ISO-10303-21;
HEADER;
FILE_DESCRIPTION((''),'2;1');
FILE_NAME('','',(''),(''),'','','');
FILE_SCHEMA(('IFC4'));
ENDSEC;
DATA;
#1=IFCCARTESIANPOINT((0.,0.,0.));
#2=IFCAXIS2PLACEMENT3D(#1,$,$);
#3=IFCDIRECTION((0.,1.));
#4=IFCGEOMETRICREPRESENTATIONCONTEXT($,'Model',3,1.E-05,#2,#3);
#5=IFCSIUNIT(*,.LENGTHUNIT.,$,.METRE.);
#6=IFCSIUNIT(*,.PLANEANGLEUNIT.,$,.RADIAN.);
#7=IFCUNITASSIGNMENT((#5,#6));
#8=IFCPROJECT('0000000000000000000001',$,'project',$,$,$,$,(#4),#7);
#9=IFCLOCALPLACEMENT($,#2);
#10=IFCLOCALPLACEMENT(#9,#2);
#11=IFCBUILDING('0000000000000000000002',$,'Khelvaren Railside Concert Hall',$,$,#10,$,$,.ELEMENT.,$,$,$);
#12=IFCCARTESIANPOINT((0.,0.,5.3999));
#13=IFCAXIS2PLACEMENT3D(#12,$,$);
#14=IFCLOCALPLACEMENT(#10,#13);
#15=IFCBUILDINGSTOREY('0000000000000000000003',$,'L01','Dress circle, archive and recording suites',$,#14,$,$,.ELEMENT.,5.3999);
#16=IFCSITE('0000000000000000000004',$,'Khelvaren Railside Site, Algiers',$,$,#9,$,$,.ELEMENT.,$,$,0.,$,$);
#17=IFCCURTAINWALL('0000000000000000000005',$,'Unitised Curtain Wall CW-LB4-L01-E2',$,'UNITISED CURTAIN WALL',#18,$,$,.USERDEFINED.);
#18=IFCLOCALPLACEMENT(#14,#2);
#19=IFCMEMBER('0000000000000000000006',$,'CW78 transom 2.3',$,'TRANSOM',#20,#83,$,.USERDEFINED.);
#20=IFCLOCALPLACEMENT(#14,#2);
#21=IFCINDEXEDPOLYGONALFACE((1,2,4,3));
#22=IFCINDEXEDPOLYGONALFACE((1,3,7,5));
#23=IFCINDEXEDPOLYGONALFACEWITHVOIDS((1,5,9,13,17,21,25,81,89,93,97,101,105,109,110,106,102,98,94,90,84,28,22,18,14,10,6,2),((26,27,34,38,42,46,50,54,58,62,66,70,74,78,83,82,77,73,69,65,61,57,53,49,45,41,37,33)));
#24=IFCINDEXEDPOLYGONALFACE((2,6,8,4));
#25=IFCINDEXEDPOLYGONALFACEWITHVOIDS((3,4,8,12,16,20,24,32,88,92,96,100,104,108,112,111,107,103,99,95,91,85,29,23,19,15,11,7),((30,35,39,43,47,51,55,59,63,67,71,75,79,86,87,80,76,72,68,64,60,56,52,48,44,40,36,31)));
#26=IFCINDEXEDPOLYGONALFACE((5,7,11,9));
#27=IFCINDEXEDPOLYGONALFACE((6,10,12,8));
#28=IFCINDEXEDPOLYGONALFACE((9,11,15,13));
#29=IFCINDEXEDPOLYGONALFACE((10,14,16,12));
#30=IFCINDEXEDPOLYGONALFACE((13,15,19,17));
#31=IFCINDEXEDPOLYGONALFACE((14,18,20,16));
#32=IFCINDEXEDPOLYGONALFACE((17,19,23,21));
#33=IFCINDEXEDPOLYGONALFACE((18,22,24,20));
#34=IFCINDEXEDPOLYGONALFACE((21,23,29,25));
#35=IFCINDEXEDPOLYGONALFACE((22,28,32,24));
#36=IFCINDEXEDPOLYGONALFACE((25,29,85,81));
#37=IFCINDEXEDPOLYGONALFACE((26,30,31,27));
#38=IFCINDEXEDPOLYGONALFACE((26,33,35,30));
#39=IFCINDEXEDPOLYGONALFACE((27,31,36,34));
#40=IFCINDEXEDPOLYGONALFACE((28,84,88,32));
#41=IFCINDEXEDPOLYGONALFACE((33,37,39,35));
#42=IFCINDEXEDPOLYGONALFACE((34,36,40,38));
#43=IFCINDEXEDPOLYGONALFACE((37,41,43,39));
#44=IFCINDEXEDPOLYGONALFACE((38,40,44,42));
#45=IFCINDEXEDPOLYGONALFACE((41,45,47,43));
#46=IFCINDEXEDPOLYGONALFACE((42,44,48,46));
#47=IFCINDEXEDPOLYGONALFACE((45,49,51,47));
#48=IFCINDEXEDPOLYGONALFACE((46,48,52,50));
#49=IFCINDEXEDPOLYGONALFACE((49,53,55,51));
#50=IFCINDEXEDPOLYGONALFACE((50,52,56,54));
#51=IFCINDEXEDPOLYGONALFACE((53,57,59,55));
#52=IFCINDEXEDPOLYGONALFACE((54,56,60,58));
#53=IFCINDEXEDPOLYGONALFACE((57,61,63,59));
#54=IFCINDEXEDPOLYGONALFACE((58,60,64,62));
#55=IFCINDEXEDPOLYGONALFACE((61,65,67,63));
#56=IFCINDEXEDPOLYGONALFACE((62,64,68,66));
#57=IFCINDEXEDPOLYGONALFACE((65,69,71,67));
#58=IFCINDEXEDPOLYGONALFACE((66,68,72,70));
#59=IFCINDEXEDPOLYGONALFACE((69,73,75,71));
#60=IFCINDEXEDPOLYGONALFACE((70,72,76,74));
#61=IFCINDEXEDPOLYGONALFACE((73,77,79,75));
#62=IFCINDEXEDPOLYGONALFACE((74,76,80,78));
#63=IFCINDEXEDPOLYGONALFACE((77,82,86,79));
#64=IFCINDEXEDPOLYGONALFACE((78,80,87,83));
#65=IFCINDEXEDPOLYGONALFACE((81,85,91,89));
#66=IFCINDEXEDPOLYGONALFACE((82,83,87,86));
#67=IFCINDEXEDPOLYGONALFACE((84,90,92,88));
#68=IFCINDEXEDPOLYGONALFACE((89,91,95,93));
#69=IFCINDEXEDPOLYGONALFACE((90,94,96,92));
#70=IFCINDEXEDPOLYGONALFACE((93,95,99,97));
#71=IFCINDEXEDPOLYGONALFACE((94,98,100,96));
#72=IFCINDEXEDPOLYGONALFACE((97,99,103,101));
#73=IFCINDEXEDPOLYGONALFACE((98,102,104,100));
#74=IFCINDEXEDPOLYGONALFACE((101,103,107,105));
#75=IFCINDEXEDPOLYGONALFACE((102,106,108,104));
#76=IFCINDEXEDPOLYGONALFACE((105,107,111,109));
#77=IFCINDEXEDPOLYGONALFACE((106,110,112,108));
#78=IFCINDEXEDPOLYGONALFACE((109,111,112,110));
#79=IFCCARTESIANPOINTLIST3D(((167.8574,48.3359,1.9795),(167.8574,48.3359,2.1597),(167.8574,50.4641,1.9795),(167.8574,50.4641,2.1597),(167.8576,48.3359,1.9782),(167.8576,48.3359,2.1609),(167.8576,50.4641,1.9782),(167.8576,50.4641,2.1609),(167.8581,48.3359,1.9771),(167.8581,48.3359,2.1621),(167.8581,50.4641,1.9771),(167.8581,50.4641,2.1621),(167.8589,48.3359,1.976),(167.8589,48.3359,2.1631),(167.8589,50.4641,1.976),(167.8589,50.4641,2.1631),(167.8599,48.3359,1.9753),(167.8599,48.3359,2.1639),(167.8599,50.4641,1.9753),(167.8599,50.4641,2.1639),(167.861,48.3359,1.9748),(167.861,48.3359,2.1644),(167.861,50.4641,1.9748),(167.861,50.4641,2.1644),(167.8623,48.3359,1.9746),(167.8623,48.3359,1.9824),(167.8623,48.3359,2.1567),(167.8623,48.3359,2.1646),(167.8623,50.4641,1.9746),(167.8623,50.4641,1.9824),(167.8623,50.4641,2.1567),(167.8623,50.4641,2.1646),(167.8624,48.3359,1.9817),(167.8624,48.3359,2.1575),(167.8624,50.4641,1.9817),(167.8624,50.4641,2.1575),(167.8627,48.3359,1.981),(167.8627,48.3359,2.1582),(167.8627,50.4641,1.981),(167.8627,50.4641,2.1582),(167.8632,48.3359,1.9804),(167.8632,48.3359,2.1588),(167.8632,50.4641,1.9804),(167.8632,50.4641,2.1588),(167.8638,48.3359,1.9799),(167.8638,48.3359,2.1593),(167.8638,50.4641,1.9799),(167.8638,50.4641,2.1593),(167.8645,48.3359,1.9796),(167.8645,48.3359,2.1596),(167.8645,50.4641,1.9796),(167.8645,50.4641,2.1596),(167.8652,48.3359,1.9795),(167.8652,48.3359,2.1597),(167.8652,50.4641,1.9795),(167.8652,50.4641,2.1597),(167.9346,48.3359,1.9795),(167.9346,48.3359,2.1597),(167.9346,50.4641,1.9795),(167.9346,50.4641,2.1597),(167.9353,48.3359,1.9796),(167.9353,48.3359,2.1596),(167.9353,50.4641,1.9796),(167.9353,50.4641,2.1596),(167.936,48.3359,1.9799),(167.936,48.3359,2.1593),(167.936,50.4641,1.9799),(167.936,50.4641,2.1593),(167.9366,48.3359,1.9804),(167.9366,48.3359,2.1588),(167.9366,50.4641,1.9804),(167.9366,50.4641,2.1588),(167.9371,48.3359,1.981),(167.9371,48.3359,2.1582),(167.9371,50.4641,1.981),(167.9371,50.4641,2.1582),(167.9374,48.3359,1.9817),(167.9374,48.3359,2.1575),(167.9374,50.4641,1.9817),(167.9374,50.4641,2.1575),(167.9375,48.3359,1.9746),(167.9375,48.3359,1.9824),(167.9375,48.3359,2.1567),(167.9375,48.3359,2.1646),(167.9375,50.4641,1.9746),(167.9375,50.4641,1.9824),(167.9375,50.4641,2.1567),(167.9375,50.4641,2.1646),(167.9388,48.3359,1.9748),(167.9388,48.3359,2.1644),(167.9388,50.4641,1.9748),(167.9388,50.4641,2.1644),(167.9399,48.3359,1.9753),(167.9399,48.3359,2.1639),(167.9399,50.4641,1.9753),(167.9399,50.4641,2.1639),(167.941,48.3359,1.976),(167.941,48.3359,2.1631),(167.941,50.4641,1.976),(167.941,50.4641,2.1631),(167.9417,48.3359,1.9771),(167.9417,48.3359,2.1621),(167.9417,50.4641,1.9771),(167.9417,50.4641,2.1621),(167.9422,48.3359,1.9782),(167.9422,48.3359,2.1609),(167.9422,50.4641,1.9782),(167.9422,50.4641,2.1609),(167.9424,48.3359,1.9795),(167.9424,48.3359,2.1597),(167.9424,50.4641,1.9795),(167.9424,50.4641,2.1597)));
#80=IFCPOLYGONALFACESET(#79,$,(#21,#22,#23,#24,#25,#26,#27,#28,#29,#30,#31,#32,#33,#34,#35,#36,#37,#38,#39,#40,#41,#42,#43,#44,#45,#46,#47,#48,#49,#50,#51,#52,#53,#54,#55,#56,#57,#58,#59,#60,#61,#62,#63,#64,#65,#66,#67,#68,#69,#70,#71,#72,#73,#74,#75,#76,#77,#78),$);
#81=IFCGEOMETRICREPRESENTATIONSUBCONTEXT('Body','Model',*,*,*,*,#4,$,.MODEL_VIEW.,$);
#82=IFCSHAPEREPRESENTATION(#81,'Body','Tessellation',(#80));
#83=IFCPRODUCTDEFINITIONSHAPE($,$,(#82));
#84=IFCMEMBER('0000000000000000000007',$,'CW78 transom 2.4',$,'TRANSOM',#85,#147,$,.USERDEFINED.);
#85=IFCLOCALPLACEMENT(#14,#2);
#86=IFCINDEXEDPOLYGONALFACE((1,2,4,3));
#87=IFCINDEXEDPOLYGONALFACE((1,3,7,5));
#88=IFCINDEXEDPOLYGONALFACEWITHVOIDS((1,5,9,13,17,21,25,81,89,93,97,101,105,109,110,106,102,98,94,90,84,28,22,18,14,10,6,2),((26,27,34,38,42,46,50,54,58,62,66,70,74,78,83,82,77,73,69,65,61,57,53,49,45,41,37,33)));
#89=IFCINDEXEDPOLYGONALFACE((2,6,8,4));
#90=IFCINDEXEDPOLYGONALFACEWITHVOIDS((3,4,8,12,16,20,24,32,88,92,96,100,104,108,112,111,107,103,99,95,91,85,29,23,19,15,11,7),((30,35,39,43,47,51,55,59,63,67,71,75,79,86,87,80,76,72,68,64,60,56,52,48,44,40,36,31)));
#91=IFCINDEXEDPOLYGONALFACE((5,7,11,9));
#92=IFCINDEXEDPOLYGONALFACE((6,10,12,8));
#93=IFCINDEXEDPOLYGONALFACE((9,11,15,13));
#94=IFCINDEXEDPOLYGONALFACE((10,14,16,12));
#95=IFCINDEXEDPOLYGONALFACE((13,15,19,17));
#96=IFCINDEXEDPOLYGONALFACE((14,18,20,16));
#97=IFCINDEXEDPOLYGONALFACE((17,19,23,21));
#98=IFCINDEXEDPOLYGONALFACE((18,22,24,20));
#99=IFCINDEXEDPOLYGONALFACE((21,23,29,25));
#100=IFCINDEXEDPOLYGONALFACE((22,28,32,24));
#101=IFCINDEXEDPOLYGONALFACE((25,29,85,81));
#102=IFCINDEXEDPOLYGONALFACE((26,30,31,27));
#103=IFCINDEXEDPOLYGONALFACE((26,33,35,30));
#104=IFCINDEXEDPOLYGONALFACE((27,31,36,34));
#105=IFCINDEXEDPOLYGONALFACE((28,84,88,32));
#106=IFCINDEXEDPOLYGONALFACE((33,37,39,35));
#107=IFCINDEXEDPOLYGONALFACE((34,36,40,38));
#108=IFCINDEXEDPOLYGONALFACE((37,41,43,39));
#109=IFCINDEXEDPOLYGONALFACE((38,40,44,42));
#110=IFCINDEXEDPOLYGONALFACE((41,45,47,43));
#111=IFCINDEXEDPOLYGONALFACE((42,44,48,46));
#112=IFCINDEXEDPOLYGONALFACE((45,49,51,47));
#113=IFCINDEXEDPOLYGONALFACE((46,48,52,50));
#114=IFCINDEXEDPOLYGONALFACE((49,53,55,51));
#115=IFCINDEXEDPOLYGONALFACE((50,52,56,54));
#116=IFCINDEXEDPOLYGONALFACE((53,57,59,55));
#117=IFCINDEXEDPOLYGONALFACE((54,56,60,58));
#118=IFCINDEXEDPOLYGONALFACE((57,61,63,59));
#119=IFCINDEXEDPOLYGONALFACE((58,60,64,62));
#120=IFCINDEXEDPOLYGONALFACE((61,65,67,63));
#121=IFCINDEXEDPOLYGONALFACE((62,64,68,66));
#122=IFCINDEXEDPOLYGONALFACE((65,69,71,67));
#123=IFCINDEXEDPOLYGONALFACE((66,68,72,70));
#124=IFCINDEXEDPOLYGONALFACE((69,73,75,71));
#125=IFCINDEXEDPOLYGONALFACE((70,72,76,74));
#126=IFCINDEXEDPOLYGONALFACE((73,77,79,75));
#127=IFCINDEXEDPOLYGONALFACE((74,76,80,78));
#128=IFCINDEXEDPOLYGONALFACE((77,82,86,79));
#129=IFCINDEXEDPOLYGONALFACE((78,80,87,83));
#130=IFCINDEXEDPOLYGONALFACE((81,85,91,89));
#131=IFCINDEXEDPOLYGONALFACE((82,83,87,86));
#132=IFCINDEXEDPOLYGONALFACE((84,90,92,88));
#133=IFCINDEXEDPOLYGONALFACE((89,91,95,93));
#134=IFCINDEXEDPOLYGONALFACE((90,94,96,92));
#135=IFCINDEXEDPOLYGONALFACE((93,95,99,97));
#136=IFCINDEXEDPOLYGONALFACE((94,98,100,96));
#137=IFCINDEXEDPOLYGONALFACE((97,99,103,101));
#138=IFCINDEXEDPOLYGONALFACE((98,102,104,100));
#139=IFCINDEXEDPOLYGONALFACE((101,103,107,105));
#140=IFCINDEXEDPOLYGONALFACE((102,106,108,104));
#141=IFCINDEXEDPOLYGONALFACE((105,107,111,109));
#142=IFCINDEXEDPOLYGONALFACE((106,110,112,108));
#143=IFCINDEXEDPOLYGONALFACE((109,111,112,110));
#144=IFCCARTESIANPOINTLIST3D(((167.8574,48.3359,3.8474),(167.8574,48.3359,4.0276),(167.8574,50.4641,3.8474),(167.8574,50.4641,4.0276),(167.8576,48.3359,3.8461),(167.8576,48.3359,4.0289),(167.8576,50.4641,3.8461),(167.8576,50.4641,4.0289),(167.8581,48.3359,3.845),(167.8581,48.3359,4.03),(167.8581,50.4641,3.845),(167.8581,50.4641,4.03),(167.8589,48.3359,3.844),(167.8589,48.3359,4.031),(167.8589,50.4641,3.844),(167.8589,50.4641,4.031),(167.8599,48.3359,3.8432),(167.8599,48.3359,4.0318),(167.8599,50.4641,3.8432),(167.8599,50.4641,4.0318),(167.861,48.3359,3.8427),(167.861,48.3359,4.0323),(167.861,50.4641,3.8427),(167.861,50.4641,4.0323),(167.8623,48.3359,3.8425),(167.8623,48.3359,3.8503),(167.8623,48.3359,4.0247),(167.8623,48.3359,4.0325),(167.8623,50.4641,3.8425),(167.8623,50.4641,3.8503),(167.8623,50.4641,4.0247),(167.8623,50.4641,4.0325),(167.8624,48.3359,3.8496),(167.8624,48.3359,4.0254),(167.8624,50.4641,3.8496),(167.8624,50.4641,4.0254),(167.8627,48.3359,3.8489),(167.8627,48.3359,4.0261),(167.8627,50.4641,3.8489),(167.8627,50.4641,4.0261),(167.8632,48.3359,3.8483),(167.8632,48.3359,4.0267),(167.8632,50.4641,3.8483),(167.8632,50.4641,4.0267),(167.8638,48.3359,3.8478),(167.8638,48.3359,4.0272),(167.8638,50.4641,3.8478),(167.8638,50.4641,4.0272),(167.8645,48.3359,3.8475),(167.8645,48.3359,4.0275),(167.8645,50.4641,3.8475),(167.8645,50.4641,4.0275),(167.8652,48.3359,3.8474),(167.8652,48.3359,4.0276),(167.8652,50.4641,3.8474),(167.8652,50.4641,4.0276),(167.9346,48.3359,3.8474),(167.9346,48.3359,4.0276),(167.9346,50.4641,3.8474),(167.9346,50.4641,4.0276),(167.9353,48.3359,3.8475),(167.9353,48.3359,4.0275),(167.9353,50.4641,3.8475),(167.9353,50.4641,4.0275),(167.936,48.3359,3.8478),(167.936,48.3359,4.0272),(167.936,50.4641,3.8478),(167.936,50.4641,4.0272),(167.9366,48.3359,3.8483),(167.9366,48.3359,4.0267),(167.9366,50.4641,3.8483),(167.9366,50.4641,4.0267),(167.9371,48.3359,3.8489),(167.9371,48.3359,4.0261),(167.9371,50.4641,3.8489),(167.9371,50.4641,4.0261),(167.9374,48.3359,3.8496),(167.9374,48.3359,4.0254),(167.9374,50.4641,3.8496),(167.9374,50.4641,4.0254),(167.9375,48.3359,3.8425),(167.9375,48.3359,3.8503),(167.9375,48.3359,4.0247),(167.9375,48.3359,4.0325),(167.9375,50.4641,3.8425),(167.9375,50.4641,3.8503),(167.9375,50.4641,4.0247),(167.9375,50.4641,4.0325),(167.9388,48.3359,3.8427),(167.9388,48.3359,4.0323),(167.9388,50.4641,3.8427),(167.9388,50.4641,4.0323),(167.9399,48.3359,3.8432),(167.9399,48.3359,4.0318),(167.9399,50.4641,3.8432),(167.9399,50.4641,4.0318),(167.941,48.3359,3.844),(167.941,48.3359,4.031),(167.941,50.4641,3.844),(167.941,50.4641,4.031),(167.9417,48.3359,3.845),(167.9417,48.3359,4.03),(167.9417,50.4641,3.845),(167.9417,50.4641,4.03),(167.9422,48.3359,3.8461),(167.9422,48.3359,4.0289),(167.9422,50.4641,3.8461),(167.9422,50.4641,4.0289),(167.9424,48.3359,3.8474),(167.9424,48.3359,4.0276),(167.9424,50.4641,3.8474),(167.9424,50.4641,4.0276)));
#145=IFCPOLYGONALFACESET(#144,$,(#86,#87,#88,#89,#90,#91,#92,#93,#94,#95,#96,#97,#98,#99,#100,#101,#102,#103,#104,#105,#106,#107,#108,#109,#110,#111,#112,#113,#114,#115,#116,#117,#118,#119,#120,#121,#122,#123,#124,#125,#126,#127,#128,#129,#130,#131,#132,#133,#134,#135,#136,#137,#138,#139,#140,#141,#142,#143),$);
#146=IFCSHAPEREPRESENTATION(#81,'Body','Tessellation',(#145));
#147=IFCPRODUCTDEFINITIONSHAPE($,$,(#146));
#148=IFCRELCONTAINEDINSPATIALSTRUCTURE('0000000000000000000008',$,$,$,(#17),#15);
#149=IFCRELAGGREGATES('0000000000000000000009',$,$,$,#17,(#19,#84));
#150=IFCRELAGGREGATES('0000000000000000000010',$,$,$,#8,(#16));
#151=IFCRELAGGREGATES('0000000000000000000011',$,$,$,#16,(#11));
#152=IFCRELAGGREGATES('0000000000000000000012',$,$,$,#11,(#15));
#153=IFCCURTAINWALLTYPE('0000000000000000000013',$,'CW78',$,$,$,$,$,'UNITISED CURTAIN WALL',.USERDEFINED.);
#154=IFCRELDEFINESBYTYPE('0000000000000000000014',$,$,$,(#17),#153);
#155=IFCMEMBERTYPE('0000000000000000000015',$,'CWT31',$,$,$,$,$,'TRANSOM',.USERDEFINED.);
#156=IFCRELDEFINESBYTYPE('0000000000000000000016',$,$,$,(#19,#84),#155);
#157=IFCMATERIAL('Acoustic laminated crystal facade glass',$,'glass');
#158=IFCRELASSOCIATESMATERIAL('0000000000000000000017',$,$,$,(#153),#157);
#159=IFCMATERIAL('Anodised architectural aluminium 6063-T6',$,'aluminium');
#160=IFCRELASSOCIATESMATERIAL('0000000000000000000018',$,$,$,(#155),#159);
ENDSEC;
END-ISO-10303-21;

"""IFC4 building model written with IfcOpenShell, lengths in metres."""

from ifc_helpers import new_model, si_unit, direction, frame, origin, origin_2d, place, context, subcontext, project, spatial, hollow_rectangle, extrude, material, material_profile, profile_set, type_object, element, aggregate, save


model = new_model("IFC4")

# Units and contexts
model_context = context("Model", 3, precision=1e-05, world=origin(), true_north=direction((0.0, 1.0)))
body_context = subcontext(model_context, "Body", "Model", "MODEL_VIEW")
ifc_project = project(units=[si_unit("LENGTHUNIT", "METRE"), si_unit("PLANEANGLEUNIT", "RADIAN")], contexts=[model_context])

# Site, building, storey
site_placement = place(None, origin())
site = spatial("IfcSite", under=ifc_project, at=site_placement, Name="Khelvaren Railside Site, Algiers", CompositionType="ELEMENT", RefElevation=0.0)
building_placement = place(site_placement, origin())
building = spatial("IfcBuilding", under=site, at=building_placement, Name="Khelvaren Railside Concert Hall", CompositionType="ELEMENT")
storey_placement = place(building_placement, frame((0.0, 0.0, 5.3999)))
storey = spatial("IfcBuildingStorey", under=building, at=storey_placement, Name="L01", Description="Dress circle, archive and recording suites", CompositionType="ELEMENT", Elevation=5.3999)

# Curtain wall
ifc_material_1 = material(Name="Acoustic laminated crystal facade glass", Category="glass")
curtain_wall_type = type_object("IfcCurtainWallType", Name="CW78", ElementType="UNITISED CURTAIN WALL", PredefinedType="USERDEFINED", material=ifc_material_1)
curtain_wall_1_placement = place(storey_placement, origin())
curtain_wall_1 = element("IfcCurtainWall", 1, at=curtain_wall_1_placement, inside=storey, type_object=curtain_wall_type, Name="Unitised Curtain Wall CW-LB4-L01-E2", ObjectType="UNITISED CURTAIN WALL", PredefinedType="USERDEFINED")
ifc_material_2 = material(Name="Anodised architectural aluminium 6063-T6", Category="aluminium")

# Members
ifc_material_profile_1 = material_profile(ifc_material_2, hollow_rectangle(XDim=0.085, YDim=0.1899, WallThickness=0.0049, InnerFilletRadius=0.0029, OuterFilletRadius=0.0049, at=origin_2d()), Name="CWT 85x190x5")
ifc_profile_set_1 = profile_set([ifc_material_profile_1], Name="Anodised architectural aluminium 6063-T6")
member_type_1 = type_object("IfcMemberType", Name="CWT31", ElementType="TRANSOM", PredefinedType="USERDEFINED", material=ifc_profile_set_1)
member_1_placement = place(storey_placement, frame((167.8999, 50.4641, 2.0696), z_axis=(0.0, -1.0, 0.0), x_axis=(1.0, 0.0, 0.0)))
member_1 = element("IfcMember", 2, at=member_1_placement, type_object=member_type_1, Name="CW78 transom 2.3", ObjectType="TRANSOM", PredefinedType="USERDEFINED", context=body_context, shape_type="SweptSolid", body=[
    extrude(hollow_rectangle(XDim=0.085, YDim=0.1899, WallThickness=0.0049, InnerFilletRadius=0.0029, OuterFilletRadius=0.0049, at=origin_2d()), origin(), (0.0, 0.0, 1.0), 2.1282),
])
member_2_placement = place(storey_placement, frame((167.8999, 50.4641, 3.9375), z_axis=(0.0, -1.0, 0.0), x_axis=(1.0, 0.0, 0.0)))
member_2 = element("IfcMember", 3, at=member_2_placement, type_object=member_type_1, Name="CW78 transom 2.4", ObjectType="TRANSOM", PredefinedType="USERDEFINED", context=body_context, shape_type="SweptSolid", body=[
    extrude(hollow_rectangle(XDim=0.085, YDim=0.1899, WallThickness=0.0049, InnerFilletRadius=0.0029, OuterFilletRadius=0.0049, at=origin_2d()), origin(), (0.0, 0.0, 1.0), 2.1282),
])

aggregate(curtain_wall_1, [member_1, member_2])

save(model, "model.ifc")
